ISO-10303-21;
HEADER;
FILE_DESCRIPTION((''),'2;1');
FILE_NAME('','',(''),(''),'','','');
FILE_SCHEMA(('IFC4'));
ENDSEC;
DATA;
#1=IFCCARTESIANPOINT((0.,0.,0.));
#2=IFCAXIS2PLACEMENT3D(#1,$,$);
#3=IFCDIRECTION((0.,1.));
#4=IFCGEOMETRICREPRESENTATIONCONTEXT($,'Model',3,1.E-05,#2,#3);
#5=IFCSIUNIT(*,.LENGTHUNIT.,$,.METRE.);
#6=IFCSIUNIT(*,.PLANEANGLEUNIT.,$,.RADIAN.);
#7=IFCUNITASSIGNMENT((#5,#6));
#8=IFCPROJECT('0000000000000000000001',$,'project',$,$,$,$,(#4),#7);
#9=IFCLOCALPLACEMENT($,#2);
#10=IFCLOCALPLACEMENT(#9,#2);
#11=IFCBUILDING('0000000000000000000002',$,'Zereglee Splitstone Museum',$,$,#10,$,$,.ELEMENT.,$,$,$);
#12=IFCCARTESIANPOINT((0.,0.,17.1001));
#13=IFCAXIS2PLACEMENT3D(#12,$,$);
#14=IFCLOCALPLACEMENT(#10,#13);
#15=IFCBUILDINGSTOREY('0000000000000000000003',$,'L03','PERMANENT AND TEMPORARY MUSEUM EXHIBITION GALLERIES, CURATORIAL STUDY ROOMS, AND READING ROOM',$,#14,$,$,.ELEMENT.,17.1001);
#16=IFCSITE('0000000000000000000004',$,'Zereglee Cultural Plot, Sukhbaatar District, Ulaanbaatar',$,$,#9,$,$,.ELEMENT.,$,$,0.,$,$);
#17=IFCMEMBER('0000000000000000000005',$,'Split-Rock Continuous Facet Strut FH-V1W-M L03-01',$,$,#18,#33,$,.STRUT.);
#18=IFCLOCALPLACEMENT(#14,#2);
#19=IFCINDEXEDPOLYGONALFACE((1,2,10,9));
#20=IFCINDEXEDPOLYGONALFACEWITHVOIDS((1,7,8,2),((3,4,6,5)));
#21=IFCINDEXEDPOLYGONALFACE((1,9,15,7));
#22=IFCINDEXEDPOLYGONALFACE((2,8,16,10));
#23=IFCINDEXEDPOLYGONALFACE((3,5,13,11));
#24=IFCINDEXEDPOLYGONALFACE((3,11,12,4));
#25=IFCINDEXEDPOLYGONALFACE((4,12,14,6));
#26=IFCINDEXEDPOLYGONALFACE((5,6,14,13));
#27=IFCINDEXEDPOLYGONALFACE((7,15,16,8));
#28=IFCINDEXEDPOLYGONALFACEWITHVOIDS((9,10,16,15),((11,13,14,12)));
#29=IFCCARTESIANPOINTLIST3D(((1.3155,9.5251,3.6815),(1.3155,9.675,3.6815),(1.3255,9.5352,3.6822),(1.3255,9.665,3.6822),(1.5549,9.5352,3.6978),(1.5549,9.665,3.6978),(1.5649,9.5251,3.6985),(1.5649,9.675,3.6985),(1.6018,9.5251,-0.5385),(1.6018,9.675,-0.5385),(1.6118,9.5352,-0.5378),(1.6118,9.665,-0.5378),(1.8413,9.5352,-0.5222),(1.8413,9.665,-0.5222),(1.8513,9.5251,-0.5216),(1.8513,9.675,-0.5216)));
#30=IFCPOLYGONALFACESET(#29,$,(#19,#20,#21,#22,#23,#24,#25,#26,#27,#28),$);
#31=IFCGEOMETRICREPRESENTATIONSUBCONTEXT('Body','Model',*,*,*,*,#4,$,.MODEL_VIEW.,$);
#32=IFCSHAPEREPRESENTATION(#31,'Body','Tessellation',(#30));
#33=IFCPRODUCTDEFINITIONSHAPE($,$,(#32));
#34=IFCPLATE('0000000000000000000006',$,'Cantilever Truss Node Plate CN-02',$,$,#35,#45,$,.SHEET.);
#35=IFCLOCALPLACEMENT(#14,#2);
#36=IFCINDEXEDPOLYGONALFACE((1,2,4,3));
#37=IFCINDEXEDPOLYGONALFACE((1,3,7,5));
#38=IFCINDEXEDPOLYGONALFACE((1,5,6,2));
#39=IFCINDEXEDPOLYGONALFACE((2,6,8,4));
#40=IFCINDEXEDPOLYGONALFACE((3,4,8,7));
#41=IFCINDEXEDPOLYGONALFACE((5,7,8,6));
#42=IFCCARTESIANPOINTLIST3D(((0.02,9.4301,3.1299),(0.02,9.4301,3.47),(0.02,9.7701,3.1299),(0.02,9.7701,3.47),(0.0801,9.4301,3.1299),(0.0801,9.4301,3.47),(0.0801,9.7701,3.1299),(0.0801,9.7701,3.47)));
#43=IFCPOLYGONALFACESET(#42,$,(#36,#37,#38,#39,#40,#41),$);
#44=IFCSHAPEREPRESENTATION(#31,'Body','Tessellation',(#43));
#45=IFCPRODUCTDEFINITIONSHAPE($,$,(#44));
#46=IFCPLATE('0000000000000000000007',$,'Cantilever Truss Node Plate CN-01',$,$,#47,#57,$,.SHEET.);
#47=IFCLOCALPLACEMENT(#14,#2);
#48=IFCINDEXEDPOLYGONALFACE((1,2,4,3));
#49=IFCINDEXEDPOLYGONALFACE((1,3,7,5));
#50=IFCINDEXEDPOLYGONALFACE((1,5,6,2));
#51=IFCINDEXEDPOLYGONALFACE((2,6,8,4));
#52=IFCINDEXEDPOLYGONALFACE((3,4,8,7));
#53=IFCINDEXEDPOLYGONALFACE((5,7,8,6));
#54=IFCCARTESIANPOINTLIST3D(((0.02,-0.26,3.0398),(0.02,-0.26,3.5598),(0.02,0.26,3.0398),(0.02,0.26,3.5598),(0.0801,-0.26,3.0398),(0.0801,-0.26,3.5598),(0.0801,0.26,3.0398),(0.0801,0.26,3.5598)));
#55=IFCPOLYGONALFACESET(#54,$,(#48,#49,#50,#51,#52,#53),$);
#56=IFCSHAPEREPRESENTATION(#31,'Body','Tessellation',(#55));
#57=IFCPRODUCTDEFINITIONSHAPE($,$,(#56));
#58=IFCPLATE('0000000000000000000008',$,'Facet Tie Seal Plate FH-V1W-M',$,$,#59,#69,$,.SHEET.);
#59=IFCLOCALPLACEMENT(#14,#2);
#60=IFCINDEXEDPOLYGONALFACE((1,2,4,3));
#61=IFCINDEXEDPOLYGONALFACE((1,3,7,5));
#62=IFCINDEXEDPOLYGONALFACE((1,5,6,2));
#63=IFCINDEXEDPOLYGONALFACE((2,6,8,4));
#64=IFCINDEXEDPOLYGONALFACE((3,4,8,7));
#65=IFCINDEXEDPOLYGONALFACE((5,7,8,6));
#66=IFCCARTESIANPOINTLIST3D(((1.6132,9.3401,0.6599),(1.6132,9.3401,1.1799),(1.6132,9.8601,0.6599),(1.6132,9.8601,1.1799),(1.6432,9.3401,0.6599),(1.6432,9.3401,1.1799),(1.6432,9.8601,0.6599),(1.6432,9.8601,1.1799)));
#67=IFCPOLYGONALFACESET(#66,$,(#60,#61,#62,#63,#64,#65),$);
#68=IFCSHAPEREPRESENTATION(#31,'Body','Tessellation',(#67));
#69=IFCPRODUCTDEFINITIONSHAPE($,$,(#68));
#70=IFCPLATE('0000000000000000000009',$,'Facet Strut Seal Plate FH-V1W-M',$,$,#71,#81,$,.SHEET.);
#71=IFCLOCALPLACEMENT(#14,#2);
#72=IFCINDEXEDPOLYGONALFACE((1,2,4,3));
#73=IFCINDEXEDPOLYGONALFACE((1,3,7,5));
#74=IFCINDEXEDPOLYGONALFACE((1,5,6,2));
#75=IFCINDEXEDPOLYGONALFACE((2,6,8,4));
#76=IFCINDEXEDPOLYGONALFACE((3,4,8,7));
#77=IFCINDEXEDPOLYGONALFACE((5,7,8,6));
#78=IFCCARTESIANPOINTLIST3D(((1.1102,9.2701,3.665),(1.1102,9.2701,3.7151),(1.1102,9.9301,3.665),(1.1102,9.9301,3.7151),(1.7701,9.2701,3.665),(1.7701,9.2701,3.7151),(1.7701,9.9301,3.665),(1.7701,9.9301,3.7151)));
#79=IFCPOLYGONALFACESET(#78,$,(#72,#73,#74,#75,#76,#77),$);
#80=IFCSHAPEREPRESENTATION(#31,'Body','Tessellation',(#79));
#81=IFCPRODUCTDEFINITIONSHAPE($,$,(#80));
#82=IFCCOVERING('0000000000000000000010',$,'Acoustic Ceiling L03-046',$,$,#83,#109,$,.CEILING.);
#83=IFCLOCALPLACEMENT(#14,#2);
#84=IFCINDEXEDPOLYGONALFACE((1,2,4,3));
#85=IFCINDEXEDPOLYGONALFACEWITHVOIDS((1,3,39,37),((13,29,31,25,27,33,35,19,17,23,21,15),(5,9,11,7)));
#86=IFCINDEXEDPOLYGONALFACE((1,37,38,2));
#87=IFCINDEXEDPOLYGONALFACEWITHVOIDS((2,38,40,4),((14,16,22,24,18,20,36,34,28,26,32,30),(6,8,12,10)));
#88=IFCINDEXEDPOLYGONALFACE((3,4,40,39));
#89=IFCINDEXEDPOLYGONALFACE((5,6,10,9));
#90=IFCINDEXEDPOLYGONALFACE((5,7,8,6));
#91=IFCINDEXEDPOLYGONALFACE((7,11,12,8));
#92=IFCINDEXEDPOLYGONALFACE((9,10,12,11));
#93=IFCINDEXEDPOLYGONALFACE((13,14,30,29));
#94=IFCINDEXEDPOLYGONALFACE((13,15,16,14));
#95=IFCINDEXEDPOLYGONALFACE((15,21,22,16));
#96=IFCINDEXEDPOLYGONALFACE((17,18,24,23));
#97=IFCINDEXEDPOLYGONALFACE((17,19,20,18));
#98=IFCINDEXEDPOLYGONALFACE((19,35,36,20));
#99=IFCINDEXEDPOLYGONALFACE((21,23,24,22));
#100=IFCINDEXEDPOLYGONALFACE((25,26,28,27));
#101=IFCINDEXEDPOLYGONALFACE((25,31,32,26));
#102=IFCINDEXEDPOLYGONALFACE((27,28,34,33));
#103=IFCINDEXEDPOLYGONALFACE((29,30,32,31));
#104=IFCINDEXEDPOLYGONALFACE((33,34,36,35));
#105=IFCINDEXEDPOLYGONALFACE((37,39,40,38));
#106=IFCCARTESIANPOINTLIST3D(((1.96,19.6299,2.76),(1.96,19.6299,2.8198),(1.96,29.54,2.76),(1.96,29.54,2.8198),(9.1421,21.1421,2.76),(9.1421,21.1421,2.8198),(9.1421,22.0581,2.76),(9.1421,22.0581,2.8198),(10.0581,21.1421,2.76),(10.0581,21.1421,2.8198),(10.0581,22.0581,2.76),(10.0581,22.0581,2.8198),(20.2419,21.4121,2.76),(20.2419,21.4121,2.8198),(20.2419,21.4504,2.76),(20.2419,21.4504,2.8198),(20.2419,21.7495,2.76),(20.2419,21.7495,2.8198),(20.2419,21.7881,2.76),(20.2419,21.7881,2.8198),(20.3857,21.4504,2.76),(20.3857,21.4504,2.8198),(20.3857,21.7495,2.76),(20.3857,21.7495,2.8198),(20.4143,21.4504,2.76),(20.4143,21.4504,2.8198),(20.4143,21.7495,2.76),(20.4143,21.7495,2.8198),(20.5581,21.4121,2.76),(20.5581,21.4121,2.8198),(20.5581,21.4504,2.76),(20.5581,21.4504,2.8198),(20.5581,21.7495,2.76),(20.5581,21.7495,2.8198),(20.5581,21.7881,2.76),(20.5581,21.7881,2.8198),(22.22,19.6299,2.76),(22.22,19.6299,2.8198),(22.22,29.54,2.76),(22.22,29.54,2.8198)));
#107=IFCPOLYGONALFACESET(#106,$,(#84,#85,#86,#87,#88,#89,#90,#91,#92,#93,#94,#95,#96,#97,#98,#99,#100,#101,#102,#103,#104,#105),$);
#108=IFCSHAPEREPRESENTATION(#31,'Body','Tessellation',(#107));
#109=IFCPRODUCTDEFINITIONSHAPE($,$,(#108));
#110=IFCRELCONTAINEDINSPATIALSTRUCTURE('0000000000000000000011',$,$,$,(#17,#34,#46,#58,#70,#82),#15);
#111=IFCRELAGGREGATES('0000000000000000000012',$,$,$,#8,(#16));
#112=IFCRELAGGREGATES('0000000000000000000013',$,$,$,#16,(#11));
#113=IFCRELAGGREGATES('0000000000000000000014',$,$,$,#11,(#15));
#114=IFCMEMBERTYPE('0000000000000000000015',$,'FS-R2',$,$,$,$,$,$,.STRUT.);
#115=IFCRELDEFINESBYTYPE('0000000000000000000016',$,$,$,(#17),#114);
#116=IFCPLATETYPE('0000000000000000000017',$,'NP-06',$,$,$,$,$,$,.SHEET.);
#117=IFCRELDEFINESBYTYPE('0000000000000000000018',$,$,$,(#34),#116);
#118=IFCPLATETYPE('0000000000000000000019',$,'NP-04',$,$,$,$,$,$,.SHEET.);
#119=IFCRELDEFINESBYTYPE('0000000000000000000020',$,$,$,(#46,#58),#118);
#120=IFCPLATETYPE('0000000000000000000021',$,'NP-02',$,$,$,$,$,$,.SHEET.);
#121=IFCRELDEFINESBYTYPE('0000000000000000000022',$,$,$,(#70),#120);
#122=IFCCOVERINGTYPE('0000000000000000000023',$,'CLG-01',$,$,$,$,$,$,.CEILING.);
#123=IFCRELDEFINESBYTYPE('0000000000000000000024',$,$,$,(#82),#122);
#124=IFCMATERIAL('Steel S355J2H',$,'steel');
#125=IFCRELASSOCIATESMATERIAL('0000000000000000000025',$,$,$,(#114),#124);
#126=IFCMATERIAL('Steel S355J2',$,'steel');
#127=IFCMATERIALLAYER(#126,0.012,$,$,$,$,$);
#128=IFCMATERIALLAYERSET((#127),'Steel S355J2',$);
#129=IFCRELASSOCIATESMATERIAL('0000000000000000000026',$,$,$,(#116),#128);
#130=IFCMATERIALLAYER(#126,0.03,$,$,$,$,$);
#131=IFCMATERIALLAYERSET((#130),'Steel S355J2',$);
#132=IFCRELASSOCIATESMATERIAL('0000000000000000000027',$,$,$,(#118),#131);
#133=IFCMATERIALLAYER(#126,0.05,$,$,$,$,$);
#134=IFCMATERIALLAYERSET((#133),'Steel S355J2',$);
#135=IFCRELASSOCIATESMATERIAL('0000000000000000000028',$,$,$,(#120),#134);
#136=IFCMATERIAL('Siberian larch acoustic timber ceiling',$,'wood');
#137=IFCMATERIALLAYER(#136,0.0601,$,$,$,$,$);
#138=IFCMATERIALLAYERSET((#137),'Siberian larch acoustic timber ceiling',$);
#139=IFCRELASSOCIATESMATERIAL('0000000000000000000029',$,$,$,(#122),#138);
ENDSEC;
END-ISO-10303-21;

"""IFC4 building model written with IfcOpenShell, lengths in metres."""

from ifc_helpers import new_model, si_unit, direction, frame, origin, origin_2d, place, context, subcontext, project, spatial, polyline, rectangle, hollow_rectangle, outline, extrude, material, layer, layer_set, material_profile, profile_set, type_object, element, save


model = new_model("IFC4")

# Units and contexts
model_context = context("Model", 3, precision=1e-05, world=origin(), true_north=direction((0.0, 1.0)))
body_context = subcontext(model_context, "Body", "Model", "MODEL_VIEW")
ifc_project = project(units=[si_unit("LENGTHUNIT", "METRE"), si_unit("PLANEANGLEUNIT", "RADIAN")], contexts=[model_context])

# Site, building, storey
site_placement = place(None, origin())
site = spatial("IfcSite", under=ifc_project, at=site_placement, Name="Zereglee Cultural Plot, Sukhbaatar District, Ulaanbaatar", CompositionType="ELEMENT", RefElevation=0.0)
building_placement = place(site_placement, origin())
building = spatial("IfcBuilding", under=site, at=building_placement, Name="Zereglee Splitstone Museum", CompositionType="ELEMENT")
storey_placement = place(building_placement, frame((0.0, 0.0, 17.1001)))
storey = spatial("IfcBuildingStorey", under=building, at=storey_placement, Name="L03", Description="PERMANENT AND TEMPORARY MUSEUM EXHIBITION GALLERIES, CURATORIAL STUDY ROOMS, AND READING ROOM", CompositionType="ELEMENT", Elevation=17.1001)

# Shared definitions
ifc_material_1 = material(Name="Steel S355J2H", Category="steel")
ifc_material_2 = material(Name="Steel S355J2", Category="steel")

# Member
ifc_material_profile_1 = material_profile(ifc_material_1, hollow_rectangle(XDim=0.1499, YDim=0.25, WallThickness=0.01, at=origin_2d()), Name="RHS 250x150x10")
ifc_profile_set_1 = profile_set([ifc_material_profile_1], Name="Steel S355J2H")
member_type_1 = type_object("IfcMemberType", Name="FS-R2", PredefinedType="STRUT", material=ifc_profile_set_1)
member_placement = place(storey_placement, frame((1.7266, 9.6001, -0.53), z_axis=(-0.067707, 0.0, 0.997705), x_axis=(0.0, -1.0, 0.0)))
element("IfcMember", 1, at=member_placement, inside=storey, type_object=member_type_1, Name="Split-Rock Continuous Facet Strut FH-V1W-M L03-01", PredefinedType="STRUT", context=body_context, shape_type="SweptSolid", body=[
    extrude(hollow_rectangle(XDim=0.1499, YDim=0.25, WallThickness=0.01, at=origin_2d()), origin(), (0.0, 0.0, 1.0), 4.2297),
])

# Plates
ifc_layer_1 = layer(ifc_material_2, 0.012)
ifc_layer_set_1 = layer_set([ifc_layer_1], Name="Steel S355J2")
plate_type_1 = type_object("IfcPlateType", Name="NP-06", PredefinedType="SHEET", material=ifc_layer_set_1)
plate_1_placement = place(storey_placement, frame((0.05, 9.6001, 3.1299), z_axis=(0.0, 0.0, 1.0), x_axis=(1.0, 0.0, 0.0)))
element("IfcPlate", 2, at=plate_1_placement, inside=storey, type_object=plate_type_1, Name="Cantilever Truss Node Plate CN-02", PredefinedType="SHEET", context=body_context, shape_type="SweptSolid", body=[
    extrude(rectangle(XDim=0.0601, YDim=0.3401, at=origin_2d()), origin(), (0.0, 0.0, 1.0), 0.3401),
])
ifc_layer_2 = layer(ifc_material_2, 0.03)
ifc_layer_set_2 = layer_set([ifc_layer_2], Name="Steel S355J2")
plate_type_2 = type_object("IfcPlateType", Name="NP-04", PredefinedType="SHEET", material=ifc_layer_set_2)
plate_2_placement = place(storey_placement, frame((0.05, 0.0, 3.0398), z_axis=(0.0, 0.0, 1.0), x_axis=(1.0, 0.0, 0.0)))
element("IfcPlate", 3, at=plate_2_placement, inside=storey, type_object=plate_type_2, Name="Cantilever Truss Node Plate CN-01", PredefinedType="SHEET", context=body_context, shape_type="SweptSolid", body=[
    extrude(rectangle(XDim=0.0601, YDim=0.52, at=origin_2d()), origin(), (0.0, 0.0, 1.0), 0.52),
])
plate_3_placement = place(storey_placement, frame((1.6282, 9.6001, 0.6599), z_axis=(0.0, 0.0, 1.0), x_axis=(1.0, 0.0, 0.0)))
element("IfcPlate", 4, at=plate_3_placement, inside=storey, type_object=plate_type_2, Name="Facet Tie Seal Plate FH-V1W-M", PredefinedType="SHEET", context=body_context, shape_type="SweptSolid", body=[
    extrude(rectangle(XDim=0.03, YDim=0.52, at=origin_2d()), origin(), (0.0, 0.0, 1.0), 0.52),
])
ifc_layer_3 = layer(ifc_material_2, 0.05)
ifc_layer_set_3 = layer_set([ifc_layer_3], Name="Steel S355J2")
plate_type_3 = type_object("IfcPlateType", Name="NP-02", PredefinedType="SHEET", material=ifc_layer_set_3)
plate_4_placement = place(storey_placement, frame((1.4402, 9.6001, 3.665), z_axis=(0.0, 0.0, 1.0), x_axis=(1.0, 0.0, 0.0)))
element("IfcPlate", 5, at=plate_4_placement, inside=storey, type_object=plate_type_3, Name="Facet Strut Seal Plate FH-V1W-M", PredefinedType="SHEET", context=body_context, shape_type="SweptSolid", body=[
    extrude(rectangle(XDim=0.6599, YDim=0.6599, at=origin_2d()), origin(), (0.0, 0.0, 1.0), 0.05),
])

# Covering
ifc_material_3 = material(Name="Siberian larch acoustic timber ceiling", Category="wood")
ifc_layer_4 = layer(ifc_material_3, 0.0601)
ifc_layer_set_4 = layer_set([ifc_layer_4], Name="Siberian larch acoustic timber ceiling")
covering_type_1 = type_object("IfcCoveringType", Name="CLG-01", PredefinedType="CEILING", material=ifc_layer_set_4)
covering_1_placement = place(storey_placement, frame((0.0, 0.0, 2.76)))
element("IfcCovering", 6, at=covering_1_placement, inside=storey, type_object=covering_type_1, Name="Acoustic Ceiling L03-046", PredefinedType="CEILING", context=body_context, shape_type="SweptSolid", body=[
    extrude(outline(polyline([(22.22, 19.6299), (1.96, 19.6299), (1.96, 29.54), (22.22, 29.54), (22.22, 19.6299)]), holes=[polyline([(9.1421, 21.1421), (10.0581, 21.1421), (10.0581, 22.0581), (9.1421, 22.0581), (9.1421, 21.1421)]), polyline([(20.5581, 21.7881), (20.2419, 21.7881), (20.2419, 21.7495), (20.3857, 21.7495), (20.3857, 21.4504), (20.2419, 21.4504), (20.2419, 21.4121), (20.5581, 21.4121), (20.5581, 21.4504), (20.4143, 21.4504), (20.4143, 21.7495), (20.5581, 21.7495), (20.5581, 21.7881)])]), origin(), (0.0, 0.0, 1.0), 0.0598),
])

save(model, "model.ifc")
